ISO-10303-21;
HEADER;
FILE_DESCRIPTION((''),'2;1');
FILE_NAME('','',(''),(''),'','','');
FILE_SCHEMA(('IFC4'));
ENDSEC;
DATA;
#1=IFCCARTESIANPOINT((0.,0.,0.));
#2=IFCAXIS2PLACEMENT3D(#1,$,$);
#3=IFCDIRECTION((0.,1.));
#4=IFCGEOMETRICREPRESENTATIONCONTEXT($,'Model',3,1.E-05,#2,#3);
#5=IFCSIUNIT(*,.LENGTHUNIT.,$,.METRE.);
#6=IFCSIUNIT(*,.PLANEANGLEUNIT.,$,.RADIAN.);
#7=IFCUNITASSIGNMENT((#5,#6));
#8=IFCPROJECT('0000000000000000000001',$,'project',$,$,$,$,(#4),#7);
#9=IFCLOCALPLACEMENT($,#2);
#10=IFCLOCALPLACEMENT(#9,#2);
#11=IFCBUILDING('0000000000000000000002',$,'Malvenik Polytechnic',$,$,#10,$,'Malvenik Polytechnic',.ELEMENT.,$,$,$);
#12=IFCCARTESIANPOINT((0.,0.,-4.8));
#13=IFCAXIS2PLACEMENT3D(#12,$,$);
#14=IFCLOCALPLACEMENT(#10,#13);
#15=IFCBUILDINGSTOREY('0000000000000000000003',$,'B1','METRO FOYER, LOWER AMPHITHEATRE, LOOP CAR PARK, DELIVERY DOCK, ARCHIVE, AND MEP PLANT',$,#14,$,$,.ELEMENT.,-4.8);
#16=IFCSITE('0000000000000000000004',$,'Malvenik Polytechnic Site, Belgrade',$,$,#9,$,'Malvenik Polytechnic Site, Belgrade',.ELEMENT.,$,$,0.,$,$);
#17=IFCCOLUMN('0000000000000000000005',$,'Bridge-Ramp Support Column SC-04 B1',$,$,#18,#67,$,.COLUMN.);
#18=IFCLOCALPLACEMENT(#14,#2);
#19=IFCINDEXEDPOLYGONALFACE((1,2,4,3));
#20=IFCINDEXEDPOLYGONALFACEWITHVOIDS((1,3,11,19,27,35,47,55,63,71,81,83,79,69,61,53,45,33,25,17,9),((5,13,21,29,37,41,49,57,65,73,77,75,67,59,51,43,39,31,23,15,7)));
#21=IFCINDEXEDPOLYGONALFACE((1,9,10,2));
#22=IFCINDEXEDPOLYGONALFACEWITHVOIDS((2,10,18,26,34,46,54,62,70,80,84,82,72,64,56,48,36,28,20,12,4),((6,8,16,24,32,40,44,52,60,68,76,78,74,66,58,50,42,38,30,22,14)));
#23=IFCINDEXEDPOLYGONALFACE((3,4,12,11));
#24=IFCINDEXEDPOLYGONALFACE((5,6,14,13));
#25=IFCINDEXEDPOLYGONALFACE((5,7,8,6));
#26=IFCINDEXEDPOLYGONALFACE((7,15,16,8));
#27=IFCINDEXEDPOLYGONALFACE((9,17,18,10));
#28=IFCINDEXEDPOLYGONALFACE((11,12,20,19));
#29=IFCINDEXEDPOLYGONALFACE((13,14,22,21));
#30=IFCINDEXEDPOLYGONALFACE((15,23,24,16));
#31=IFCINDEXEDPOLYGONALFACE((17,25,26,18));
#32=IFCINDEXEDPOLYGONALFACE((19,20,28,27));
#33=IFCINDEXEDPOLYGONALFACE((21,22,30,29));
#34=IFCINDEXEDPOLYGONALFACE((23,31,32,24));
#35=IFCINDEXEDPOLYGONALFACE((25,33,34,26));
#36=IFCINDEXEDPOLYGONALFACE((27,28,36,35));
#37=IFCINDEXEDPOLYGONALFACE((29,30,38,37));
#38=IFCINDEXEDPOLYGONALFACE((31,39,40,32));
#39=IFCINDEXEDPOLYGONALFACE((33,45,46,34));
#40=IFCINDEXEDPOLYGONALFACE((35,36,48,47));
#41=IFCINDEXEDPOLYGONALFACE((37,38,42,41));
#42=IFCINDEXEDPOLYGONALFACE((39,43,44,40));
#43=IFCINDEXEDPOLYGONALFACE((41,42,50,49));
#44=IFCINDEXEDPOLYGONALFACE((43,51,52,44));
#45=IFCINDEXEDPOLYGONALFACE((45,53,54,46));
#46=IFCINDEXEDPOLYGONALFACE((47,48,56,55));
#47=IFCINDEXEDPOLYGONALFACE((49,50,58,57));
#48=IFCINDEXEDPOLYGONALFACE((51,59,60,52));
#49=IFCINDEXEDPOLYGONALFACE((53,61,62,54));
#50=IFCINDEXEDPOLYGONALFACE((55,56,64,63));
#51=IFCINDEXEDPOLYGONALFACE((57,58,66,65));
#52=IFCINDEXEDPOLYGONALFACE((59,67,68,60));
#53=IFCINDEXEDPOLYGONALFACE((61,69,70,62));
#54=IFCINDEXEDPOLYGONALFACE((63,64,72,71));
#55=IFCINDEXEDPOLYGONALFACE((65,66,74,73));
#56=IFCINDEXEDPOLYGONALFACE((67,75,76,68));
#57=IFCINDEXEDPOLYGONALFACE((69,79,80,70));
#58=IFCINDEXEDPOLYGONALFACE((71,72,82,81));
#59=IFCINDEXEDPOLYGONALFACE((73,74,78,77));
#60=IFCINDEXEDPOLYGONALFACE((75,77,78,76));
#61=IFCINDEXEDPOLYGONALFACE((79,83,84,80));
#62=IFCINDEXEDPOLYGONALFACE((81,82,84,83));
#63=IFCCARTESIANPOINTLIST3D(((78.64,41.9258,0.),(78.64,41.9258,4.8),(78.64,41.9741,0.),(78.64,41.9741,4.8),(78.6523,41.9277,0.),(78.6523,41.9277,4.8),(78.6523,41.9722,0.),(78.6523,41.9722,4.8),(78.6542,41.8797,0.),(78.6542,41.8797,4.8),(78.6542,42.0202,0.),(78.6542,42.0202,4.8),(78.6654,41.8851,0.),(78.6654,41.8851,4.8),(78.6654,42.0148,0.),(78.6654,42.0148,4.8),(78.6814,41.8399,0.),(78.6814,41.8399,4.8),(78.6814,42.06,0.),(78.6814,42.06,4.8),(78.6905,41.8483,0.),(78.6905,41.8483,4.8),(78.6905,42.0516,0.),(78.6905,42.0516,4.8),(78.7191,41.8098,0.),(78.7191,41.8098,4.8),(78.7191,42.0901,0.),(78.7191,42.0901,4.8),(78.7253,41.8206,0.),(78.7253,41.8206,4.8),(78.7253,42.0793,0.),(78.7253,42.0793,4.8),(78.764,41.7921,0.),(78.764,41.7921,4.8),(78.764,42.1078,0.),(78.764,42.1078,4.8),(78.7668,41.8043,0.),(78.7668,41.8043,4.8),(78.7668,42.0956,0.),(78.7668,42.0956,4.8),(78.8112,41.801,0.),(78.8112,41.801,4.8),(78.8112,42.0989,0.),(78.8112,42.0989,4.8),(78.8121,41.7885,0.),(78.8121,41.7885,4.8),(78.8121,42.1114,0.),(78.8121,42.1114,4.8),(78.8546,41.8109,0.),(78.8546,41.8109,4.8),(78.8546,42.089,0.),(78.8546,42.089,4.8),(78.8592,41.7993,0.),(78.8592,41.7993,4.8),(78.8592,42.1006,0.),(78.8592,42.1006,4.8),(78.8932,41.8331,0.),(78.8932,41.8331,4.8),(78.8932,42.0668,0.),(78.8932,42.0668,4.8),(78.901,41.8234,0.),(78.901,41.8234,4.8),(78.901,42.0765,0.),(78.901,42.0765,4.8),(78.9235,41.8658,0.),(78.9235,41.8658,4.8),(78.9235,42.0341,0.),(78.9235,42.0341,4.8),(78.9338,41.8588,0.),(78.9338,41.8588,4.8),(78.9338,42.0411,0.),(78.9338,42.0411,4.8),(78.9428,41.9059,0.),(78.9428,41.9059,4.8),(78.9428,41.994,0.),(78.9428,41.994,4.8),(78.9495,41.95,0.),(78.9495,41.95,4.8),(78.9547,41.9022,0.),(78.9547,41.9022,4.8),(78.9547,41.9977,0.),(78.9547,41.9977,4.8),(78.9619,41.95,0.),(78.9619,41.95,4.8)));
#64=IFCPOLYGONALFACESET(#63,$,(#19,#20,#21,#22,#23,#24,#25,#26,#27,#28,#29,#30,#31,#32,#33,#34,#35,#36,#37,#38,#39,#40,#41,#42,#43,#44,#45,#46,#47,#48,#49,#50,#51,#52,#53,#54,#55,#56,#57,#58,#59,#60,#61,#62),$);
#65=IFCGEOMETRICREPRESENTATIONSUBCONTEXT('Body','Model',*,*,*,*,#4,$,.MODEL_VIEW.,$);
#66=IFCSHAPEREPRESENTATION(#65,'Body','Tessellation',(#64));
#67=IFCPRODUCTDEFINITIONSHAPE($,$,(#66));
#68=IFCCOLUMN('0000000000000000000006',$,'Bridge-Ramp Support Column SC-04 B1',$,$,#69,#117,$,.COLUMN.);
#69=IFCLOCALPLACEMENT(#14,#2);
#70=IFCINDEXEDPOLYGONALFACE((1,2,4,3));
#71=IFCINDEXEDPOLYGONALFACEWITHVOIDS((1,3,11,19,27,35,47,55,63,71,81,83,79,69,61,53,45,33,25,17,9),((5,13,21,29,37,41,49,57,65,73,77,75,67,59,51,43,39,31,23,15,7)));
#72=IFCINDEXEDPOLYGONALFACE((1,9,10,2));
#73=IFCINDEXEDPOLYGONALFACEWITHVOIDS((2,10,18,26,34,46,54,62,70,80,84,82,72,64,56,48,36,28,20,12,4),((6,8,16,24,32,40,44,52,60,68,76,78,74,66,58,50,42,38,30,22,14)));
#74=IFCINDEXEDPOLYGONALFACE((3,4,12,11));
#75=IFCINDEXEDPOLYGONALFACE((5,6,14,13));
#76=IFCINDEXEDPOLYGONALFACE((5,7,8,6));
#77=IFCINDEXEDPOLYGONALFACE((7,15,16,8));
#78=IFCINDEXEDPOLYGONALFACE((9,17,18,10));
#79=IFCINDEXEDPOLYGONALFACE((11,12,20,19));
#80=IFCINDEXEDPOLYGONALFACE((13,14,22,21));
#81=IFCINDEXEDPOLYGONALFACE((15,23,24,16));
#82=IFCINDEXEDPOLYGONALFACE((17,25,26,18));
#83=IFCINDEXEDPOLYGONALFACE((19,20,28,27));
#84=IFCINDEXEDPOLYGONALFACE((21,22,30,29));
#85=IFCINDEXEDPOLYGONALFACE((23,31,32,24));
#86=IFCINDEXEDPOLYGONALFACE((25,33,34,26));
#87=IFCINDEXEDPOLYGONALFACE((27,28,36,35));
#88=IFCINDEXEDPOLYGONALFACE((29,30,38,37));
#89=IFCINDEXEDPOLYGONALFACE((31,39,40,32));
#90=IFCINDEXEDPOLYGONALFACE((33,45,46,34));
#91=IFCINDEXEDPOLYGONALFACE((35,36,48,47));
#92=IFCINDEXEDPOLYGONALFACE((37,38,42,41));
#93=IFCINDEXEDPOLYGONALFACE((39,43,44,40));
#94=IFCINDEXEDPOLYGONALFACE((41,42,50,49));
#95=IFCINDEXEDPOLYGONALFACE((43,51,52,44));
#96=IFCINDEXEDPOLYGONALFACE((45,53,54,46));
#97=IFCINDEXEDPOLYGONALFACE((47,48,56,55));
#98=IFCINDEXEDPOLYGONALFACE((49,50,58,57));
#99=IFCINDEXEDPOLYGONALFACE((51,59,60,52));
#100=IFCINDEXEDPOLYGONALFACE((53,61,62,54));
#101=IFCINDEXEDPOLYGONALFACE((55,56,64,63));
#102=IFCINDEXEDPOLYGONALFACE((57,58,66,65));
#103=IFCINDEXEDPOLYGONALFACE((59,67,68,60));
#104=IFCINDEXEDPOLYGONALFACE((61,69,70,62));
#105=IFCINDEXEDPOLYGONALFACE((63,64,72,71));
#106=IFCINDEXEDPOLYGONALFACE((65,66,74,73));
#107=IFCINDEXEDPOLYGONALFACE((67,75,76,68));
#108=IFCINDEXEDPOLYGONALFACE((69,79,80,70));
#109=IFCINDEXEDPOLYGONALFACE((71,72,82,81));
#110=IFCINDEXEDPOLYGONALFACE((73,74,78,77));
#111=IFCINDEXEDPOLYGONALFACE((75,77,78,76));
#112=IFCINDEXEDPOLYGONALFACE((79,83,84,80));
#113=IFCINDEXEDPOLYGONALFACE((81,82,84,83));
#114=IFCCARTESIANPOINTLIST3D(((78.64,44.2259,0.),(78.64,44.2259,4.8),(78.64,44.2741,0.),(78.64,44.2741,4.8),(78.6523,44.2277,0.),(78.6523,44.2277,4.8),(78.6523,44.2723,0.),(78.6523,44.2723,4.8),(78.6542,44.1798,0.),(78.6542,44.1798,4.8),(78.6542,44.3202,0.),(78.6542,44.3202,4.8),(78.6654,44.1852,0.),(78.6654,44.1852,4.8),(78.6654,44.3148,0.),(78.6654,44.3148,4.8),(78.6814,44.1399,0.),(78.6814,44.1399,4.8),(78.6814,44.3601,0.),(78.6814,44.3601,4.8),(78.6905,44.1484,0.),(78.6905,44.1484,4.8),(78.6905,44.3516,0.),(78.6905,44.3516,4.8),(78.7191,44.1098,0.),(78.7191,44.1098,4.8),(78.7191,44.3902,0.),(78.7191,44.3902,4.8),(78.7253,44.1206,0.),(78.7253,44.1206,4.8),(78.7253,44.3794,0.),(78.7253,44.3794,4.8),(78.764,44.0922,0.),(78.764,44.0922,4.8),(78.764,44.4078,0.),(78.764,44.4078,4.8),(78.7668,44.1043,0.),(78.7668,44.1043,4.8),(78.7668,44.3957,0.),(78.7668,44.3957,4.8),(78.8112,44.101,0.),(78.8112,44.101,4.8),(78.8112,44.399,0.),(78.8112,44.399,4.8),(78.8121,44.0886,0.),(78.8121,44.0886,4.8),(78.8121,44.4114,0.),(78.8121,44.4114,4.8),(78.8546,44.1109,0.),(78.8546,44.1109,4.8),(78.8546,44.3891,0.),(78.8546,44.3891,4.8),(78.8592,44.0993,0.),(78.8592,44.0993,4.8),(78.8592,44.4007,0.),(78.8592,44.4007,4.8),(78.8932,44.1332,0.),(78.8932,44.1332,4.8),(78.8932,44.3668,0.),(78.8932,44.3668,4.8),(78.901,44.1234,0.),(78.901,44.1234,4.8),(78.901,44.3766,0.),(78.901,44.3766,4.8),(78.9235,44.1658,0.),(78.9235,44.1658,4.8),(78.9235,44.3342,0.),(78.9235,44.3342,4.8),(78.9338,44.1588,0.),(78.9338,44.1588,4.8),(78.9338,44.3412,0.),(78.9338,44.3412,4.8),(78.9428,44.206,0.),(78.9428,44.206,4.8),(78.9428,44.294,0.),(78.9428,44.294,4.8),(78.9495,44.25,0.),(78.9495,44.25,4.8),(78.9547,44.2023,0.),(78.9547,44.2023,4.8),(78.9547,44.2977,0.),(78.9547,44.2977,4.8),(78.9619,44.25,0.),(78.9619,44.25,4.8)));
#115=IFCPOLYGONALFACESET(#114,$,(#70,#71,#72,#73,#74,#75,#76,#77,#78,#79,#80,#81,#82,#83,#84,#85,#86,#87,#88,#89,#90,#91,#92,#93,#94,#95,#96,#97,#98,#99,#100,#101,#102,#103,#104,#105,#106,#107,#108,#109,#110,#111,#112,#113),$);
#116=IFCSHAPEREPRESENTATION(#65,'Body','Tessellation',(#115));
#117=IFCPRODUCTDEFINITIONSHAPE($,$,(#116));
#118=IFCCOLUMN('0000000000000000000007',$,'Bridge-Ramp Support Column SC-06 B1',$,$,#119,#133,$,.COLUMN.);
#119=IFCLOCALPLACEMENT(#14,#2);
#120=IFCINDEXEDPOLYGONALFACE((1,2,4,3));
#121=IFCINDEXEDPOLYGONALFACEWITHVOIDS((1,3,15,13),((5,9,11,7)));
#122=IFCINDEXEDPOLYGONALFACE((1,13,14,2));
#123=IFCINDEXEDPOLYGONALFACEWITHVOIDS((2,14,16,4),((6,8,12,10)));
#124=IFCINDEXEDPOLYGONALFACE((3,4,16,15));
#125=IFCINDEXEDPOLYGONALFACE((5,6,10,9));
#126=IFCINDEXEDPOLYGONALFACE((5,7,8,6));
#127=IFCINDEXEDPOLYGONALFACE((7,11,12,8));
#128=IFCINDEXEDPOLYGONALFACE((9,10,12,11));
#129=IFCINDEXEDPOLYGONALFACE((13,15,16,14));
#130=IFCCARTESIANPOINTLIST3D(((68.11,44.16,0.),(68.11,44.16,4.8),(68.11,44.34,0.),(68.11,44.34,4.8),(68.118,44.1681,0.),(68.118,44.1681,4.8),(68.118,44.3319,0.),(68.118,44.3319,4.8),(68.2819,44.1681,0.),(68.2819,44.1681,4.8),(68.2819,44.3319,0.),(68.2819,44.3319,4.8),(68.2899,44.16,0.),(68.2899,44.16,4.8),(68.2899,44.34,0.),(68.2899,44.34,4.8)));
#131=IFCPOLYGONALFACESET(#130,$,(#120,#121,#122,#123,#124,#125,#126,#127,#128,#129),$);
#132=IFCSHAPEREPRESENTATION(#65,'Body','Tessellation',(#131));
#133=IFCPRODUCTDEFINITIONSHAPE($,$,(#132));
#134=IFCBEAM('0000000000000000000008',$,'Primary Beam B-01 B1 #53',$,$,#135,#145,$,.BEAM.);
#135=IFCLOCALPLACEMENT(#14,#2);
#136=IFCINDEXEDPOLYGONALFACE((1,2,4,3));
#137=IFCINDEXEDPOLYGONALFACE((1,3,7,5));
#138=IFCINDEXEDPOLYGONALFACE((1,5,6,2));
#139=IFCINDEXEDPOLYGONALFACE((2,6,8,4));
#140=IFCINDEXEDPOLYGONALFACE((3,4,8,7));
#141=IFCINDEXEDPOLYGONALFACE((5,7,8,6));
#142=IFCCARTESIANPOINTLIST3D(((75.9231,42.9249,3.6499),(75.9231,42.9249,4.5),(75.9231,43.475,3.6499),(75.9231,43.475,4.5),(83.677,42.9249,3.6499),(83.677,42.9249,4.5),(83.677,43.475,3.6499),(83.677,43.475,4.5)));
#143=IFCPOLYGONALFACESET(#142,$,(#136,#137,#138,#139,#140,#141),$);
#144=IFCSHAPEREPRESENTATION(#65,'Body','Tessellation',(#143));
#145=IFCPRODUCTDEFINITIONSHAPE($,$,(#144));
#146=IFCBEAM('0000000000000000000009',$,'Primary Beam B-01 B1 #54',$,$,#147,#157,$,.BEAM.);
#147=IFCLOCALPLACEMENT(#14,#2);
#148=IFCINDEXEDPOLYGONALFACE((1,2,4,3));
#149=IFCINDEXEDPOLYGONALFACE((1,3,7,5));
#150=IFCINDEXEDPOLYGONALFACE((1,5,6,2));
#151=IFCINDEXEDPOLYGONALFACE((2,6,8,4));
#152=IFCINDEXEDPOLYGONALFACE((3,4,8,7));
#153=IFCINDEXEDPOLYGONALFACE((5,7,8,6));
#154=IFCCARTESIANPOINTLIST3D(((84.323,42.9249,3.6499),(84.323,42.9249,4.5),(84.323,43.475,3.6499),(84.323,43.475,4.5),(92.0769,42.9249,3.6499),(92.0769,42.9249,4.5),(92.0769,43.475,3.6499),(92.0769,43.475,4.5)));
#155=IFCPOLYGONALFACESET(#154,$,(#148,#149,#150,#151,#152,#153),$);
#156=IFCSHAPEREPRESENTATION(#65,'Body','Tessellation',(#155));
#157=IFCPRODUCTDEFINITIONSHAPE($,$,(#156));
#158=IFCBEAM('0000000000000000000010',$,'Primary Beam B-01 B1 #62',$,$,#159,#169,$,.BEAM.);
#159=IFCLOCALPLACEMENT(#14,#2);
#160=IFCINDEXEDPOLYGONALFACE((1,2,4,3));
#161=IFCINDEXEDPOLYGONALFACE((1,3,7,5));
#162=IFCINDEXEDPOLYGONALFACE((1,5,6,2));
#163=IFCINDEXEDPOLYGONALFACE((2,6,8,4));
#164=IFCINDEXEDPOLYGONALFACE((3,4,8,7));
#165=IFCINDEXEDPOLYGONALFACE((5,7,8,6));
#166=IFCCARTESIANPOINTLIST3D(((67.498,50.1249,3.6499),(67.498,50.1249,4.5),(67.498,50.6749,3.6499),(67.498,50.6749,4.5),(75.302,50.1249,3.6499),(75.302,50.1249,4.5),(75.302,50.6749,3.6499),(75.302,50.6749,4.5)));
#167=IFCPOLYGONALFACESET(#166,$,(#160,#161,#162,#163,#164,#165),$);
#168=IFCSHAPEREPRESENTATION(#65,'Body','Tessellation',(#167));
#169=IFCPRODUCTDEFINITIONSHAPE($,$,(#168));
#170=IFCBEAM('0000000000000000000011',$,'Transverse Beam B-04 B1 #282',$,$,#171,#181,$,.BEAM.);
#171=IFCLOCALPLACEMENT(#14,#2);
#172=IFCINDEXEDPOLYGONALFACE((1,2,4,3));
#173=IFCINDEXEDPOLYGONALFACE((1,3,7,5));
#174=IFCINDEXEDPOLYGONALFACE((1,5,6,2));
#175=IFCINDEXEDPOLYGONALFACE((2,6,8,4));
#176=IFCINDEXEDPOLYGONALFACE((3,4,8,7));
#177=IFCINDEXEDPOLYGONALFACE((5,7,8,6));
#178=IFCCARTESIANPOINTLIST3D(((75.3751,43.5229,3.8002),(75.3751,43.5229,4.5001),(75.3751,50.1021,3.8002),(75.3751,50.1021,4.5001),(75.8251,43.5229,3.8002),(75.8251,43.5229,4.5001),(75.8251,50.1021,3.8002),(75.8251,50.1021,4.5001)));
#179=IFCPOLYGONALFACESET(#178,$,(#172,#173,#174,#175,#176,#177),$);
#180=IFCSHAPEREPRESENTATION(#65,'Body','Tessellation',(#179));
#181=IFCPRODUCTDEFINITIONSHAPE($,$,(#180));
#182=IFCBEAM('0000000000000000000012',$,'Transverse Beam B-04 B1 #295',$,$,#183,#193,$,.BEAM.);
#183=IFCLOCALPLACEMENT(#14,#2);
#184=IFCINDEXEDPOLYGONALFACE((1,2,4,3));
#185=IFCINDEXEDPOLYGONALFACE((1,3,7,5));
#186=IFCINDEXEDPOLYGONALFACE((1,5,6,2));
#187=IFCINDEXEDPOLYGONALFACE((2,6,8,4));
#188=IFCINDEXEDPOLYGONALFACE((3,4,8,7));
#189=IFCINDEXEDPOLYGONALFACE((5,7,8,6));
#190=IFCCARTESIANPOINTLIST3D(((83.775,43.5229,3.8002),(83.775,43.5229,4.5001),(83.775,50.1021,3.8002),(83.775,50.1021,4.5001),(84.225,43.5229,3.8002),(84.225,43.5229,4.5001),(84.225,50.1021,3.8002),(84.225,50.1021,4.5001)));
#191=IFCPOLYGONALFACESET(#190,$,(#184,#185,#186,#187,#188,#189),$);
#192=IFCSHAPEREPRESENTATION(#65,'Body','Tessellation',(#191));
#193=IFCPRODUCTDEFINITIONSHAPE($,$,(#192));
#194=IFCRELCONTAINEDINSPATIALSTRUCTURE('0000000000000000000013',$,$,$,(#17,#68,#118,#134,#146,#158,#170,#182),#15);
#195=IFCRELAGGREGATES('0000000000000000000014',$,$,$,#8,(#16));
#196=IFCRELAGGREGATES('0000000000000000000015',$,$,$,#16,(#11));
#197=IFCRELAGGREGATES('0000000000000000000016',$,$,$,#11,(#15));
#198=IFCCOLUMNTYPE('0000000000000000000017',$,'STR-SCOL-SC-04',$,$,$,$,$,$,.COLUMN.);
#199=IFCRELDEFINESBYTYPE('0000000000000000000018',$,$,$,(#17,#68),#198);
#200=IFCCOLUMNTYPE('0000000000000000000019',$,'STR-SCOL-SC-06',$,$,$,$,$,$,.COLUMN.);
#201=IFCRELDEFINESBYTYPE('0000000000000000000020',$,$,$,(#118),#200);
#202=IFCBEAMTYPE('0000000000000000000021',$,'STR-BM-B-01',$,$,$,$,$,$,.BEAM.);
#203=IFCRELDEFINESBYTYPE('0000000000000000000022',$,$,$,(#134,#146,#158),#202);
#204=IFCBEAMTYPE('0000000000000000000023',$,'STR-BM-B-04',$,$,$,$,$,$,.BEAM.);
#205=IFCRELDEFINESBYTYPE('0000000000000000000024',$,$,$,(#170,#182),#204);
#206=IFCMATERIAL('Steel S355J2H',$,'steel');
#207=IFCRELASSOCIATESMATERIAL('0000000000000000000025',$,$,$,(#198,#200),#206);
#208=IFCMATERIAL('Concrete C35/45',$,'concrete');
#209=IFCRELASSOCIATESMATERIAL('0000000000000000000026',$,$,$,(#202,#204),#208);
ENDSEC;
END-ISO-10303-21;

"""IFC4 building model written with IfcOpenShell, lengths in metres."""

from ifc_helpers import new_model, si_unit, direction, frame, origin, origin_2d, place, context, subcontext, project, spatial, rectangle, hollow_rectangle, hollow_circle, extrude, material, material_profile, profile_set, type_object, element, save


model = new_model("IFC4")

# Units and contexts
model_context = context("Model", 3, precision=1e-05, world=origin(), true_north=direction((0.0, 1.0)))
body_context = subcontext(model_context, "Body", "Model", "MODEL_VIEW")
ifc_project = project(units=[si_unit("LENGTHUNIT", "METRE"), si_unit("PLANEANGLEUNIT", "RADIAN")], contexts=[model_context])

# Site, building, storey
site_placement = place(None, origin())
site = spatial("IfcSite", under=ifc_project, at=site_placement, Name="Malvenik Polytechnic Site, Belgrade", LongName="Malvenik Polytechnic Site, Belgrade", CompositionType="ELEMENT", RefElevation=0.0)
building_placement = place(site_placement, origin())
building = spatial("IfcBuilding", under=site, at=building_placement, Name="Malvenik Polytechnic", LongName="Malvenik Polytechnic", CompositionType="ELEMENT")
storey_placement = place(building_placement, frame((0.0, 0.0, -4.8)))
storey = spatial("IfcBuildingStorey", under=building, at=storey_placement, Name="B1", Description="METRO FOYER, LOWER AMPHITHEATRE, LOOP CAR PARK, DELIVERY DOCK, ARCHIVE, AND MEP PLANT", CompositionType="ELEMENT", Elevation=-4.8)

# Shared definitions
ifc_material_1 = material(Name="Concrete C35/45", Category="concrete")

# Columns
ifc_material_2 = material(Name="Steel S355J2H", Category="steel")
ifc_material_profile_1 = material_profile(ifc_material_2, hollow_circle(Radius=0.1619, WallThickness=0.0125, at=origin_2d()), Name="CHS 323.9x12.5")
ifc_profile_set_1 = profile_set([ifc_material_profile_1], Name="Steel S355J2H")
column_type_1 = type_object("IfcColumnType", Name="STR-SCOL-SC-04", PredefinedType="COLUMN", material=ifc_profile_set_1)
for number, where, z_axis, x_axis, name in (
    (1, (78.8, 41.95, 0.0), (0.0, 0.0, 1.0), (1.0, 0.0, 0.0), "Bridge-Ramp Support Column SC-04 B1"),
    (2, (78.8, 44.25, 0.0), (0.0, 0.0, 1.0), (1.0, 0.0, 0.0), "Bridge-Ramp Support Column SC-04 B1"),
):
    element("IfcColumn", number, at=place(storey_placement, frame(where, z_axis=z_axis, x_axis=x_axis)), inside=storey, type_object=column_type_1, Name=name, PredefinedType="COLUMN", context=body_context, shape_type="SweptSolid", body=[
        extrude(hollow_circle(Radius=0.1619, WallThickness=0.0125, at=origin_2d()), origin(), (0.0, 0.0, 1.0), 4.8),
    ])
ifc_material_profile_2 = material_profile(ifc_material_2, hollow_rectangle(XDim=0.1799, YDim=0.1799, WallThickness=0.0081, at=origin_2d()), Name="SHS 180x180x8.0")
ifc_profile_set_2 = profile_set([ifc_material_profile_2], Name="Steel S355J2H")
column_type_2 = type_object("IfcColumnType", Name="STR-SCOL-SC-06", PredefinedType="COLUMN", material=ifc_profile_set_2)
column_placement = place(storey_placement, frame((68.2, 44.25, 0.0), z_axis=(0.0, 0.0, 1.0), x_axis=(1.0, 0.0, 0.0)))
element("IfcColumn", 3, at=column_placement, inside=storey, type_object=column_type_2, Name="Bridge-Ramp Support Column SC-06 B1", PredefinedType="COLUMN", context=body_context, shape_type="SweptSolid", body=[
    extrude(hollow_rectangle(XDim=0.1799, YDim=0.1799, WallThickness=0.0081, at=origin_2d()), origin(), (0.0, 0.0, 1.0), 4.8),
])

# Beams
ifc_material_profile_3 = material_profile(ifc_material_1, rectangle(XDim=0.55, YDim=0.8501, at=origin_2d()), Name="RC BM 550x850")
ifc_profile_set_3 = profile_set([ifc_material_profile_3], Name="Concrete C35/45")
beam_type_1 = type_object("IfcBeamType", Name="STR-BM-B-01", PredefinedType="BEAM", material=ifc_profile_set_3)
for number, where, z_axis, x_axis, name in (
    (4, (75.9231, 43.2, 4.075), (1.0, 0.0, 0.0), (0.0, 1.0, 0.0), "Primary Beam B-01 B1 #53"),
    (5, (84.323, 43.2, 4.075), (1.0, 0.0, 0.0), (0.0, 1.0, 0.0), "Primary Beam B-01 B1 #54"),
):
    element("IfcBeam", number, at=place(storey_placement, frame(where, z_axis=z_axis, x_axis=x_axis)), inside=storey, type_object=beam_type_1, Name=name, PredefinedType="BEAM", context=body_context, shape_type="SweptSolid", body=[
        extrude(rectangle(XDim=0.55, YDim=0.8501, at=origin_2d()), origin(), (0.0, 0.0, 1.0), 7.7539),
    ])
beam_1_placement = place(storey_placement, frame((67.498, 50.3999, 4.075), z_axis=(1.0, 0.0, 0.0), x_axis=(0.0, 1.0, 0.0)))
element("IfcBeam", 6, at=beam_1_placement, inside=storey, type_object=beam_type_1, Name="Primary Beam B-01 B1 #62", PredefinedType="BEAM", context=body_context, shape_type="SweptSolid", body=[
    extrude(rectangle(XDim=0.55, YDim=0.8501, at=origin_2d()), origin(), (0.0, 0.0, 1.0), 7.804),
])
ifc_material_profile_4 = material_profile(ifc_material_1, rectangle(XDim=0.45, YDim=0.7, at=origin_2d()), Name="RC BM 450x700")
ifc_profile_set_4 = profile_set([ifc_material_profile_4], Name="Concrete C35/45")
beam_type_2 = type_object("IfcBeamType", Name="STR-BM-B-04", PredefinedType="BEAM", material=ifc_profile_set_4)
for number, where, z_axis, x_axis, name in (
    (7, (75.6001, 43.5229, 4.1501), (0.0, 1.0, 0.0), (-1.0, 0.0, 0.0), "Transverse Beam B-04 B1 #282"),
    (8, (84.0, 43.5229, 4.1501), (0.0, 1.0, 0.0), (-1.0, 0.0, 0.0), "Transverse Beam B-04 B1 #295"),
):
    element("IfcBeam", number, at=place(storey_placement, frame(where, z_axis=z_axis, x_axis=x_axis)), inside=storey, type_object=beam_type_2, Name=name, PredefinedType="BEAM", context=body_context, shape_type="SweptSolid", body=[
        extrude(rectangle(XDim=0.45, YDim=0.7, at=origin_2d()), origin(), (0.0, 0.0, 1.0), 6.5791),
    ])

save(model, "model.ifc")
